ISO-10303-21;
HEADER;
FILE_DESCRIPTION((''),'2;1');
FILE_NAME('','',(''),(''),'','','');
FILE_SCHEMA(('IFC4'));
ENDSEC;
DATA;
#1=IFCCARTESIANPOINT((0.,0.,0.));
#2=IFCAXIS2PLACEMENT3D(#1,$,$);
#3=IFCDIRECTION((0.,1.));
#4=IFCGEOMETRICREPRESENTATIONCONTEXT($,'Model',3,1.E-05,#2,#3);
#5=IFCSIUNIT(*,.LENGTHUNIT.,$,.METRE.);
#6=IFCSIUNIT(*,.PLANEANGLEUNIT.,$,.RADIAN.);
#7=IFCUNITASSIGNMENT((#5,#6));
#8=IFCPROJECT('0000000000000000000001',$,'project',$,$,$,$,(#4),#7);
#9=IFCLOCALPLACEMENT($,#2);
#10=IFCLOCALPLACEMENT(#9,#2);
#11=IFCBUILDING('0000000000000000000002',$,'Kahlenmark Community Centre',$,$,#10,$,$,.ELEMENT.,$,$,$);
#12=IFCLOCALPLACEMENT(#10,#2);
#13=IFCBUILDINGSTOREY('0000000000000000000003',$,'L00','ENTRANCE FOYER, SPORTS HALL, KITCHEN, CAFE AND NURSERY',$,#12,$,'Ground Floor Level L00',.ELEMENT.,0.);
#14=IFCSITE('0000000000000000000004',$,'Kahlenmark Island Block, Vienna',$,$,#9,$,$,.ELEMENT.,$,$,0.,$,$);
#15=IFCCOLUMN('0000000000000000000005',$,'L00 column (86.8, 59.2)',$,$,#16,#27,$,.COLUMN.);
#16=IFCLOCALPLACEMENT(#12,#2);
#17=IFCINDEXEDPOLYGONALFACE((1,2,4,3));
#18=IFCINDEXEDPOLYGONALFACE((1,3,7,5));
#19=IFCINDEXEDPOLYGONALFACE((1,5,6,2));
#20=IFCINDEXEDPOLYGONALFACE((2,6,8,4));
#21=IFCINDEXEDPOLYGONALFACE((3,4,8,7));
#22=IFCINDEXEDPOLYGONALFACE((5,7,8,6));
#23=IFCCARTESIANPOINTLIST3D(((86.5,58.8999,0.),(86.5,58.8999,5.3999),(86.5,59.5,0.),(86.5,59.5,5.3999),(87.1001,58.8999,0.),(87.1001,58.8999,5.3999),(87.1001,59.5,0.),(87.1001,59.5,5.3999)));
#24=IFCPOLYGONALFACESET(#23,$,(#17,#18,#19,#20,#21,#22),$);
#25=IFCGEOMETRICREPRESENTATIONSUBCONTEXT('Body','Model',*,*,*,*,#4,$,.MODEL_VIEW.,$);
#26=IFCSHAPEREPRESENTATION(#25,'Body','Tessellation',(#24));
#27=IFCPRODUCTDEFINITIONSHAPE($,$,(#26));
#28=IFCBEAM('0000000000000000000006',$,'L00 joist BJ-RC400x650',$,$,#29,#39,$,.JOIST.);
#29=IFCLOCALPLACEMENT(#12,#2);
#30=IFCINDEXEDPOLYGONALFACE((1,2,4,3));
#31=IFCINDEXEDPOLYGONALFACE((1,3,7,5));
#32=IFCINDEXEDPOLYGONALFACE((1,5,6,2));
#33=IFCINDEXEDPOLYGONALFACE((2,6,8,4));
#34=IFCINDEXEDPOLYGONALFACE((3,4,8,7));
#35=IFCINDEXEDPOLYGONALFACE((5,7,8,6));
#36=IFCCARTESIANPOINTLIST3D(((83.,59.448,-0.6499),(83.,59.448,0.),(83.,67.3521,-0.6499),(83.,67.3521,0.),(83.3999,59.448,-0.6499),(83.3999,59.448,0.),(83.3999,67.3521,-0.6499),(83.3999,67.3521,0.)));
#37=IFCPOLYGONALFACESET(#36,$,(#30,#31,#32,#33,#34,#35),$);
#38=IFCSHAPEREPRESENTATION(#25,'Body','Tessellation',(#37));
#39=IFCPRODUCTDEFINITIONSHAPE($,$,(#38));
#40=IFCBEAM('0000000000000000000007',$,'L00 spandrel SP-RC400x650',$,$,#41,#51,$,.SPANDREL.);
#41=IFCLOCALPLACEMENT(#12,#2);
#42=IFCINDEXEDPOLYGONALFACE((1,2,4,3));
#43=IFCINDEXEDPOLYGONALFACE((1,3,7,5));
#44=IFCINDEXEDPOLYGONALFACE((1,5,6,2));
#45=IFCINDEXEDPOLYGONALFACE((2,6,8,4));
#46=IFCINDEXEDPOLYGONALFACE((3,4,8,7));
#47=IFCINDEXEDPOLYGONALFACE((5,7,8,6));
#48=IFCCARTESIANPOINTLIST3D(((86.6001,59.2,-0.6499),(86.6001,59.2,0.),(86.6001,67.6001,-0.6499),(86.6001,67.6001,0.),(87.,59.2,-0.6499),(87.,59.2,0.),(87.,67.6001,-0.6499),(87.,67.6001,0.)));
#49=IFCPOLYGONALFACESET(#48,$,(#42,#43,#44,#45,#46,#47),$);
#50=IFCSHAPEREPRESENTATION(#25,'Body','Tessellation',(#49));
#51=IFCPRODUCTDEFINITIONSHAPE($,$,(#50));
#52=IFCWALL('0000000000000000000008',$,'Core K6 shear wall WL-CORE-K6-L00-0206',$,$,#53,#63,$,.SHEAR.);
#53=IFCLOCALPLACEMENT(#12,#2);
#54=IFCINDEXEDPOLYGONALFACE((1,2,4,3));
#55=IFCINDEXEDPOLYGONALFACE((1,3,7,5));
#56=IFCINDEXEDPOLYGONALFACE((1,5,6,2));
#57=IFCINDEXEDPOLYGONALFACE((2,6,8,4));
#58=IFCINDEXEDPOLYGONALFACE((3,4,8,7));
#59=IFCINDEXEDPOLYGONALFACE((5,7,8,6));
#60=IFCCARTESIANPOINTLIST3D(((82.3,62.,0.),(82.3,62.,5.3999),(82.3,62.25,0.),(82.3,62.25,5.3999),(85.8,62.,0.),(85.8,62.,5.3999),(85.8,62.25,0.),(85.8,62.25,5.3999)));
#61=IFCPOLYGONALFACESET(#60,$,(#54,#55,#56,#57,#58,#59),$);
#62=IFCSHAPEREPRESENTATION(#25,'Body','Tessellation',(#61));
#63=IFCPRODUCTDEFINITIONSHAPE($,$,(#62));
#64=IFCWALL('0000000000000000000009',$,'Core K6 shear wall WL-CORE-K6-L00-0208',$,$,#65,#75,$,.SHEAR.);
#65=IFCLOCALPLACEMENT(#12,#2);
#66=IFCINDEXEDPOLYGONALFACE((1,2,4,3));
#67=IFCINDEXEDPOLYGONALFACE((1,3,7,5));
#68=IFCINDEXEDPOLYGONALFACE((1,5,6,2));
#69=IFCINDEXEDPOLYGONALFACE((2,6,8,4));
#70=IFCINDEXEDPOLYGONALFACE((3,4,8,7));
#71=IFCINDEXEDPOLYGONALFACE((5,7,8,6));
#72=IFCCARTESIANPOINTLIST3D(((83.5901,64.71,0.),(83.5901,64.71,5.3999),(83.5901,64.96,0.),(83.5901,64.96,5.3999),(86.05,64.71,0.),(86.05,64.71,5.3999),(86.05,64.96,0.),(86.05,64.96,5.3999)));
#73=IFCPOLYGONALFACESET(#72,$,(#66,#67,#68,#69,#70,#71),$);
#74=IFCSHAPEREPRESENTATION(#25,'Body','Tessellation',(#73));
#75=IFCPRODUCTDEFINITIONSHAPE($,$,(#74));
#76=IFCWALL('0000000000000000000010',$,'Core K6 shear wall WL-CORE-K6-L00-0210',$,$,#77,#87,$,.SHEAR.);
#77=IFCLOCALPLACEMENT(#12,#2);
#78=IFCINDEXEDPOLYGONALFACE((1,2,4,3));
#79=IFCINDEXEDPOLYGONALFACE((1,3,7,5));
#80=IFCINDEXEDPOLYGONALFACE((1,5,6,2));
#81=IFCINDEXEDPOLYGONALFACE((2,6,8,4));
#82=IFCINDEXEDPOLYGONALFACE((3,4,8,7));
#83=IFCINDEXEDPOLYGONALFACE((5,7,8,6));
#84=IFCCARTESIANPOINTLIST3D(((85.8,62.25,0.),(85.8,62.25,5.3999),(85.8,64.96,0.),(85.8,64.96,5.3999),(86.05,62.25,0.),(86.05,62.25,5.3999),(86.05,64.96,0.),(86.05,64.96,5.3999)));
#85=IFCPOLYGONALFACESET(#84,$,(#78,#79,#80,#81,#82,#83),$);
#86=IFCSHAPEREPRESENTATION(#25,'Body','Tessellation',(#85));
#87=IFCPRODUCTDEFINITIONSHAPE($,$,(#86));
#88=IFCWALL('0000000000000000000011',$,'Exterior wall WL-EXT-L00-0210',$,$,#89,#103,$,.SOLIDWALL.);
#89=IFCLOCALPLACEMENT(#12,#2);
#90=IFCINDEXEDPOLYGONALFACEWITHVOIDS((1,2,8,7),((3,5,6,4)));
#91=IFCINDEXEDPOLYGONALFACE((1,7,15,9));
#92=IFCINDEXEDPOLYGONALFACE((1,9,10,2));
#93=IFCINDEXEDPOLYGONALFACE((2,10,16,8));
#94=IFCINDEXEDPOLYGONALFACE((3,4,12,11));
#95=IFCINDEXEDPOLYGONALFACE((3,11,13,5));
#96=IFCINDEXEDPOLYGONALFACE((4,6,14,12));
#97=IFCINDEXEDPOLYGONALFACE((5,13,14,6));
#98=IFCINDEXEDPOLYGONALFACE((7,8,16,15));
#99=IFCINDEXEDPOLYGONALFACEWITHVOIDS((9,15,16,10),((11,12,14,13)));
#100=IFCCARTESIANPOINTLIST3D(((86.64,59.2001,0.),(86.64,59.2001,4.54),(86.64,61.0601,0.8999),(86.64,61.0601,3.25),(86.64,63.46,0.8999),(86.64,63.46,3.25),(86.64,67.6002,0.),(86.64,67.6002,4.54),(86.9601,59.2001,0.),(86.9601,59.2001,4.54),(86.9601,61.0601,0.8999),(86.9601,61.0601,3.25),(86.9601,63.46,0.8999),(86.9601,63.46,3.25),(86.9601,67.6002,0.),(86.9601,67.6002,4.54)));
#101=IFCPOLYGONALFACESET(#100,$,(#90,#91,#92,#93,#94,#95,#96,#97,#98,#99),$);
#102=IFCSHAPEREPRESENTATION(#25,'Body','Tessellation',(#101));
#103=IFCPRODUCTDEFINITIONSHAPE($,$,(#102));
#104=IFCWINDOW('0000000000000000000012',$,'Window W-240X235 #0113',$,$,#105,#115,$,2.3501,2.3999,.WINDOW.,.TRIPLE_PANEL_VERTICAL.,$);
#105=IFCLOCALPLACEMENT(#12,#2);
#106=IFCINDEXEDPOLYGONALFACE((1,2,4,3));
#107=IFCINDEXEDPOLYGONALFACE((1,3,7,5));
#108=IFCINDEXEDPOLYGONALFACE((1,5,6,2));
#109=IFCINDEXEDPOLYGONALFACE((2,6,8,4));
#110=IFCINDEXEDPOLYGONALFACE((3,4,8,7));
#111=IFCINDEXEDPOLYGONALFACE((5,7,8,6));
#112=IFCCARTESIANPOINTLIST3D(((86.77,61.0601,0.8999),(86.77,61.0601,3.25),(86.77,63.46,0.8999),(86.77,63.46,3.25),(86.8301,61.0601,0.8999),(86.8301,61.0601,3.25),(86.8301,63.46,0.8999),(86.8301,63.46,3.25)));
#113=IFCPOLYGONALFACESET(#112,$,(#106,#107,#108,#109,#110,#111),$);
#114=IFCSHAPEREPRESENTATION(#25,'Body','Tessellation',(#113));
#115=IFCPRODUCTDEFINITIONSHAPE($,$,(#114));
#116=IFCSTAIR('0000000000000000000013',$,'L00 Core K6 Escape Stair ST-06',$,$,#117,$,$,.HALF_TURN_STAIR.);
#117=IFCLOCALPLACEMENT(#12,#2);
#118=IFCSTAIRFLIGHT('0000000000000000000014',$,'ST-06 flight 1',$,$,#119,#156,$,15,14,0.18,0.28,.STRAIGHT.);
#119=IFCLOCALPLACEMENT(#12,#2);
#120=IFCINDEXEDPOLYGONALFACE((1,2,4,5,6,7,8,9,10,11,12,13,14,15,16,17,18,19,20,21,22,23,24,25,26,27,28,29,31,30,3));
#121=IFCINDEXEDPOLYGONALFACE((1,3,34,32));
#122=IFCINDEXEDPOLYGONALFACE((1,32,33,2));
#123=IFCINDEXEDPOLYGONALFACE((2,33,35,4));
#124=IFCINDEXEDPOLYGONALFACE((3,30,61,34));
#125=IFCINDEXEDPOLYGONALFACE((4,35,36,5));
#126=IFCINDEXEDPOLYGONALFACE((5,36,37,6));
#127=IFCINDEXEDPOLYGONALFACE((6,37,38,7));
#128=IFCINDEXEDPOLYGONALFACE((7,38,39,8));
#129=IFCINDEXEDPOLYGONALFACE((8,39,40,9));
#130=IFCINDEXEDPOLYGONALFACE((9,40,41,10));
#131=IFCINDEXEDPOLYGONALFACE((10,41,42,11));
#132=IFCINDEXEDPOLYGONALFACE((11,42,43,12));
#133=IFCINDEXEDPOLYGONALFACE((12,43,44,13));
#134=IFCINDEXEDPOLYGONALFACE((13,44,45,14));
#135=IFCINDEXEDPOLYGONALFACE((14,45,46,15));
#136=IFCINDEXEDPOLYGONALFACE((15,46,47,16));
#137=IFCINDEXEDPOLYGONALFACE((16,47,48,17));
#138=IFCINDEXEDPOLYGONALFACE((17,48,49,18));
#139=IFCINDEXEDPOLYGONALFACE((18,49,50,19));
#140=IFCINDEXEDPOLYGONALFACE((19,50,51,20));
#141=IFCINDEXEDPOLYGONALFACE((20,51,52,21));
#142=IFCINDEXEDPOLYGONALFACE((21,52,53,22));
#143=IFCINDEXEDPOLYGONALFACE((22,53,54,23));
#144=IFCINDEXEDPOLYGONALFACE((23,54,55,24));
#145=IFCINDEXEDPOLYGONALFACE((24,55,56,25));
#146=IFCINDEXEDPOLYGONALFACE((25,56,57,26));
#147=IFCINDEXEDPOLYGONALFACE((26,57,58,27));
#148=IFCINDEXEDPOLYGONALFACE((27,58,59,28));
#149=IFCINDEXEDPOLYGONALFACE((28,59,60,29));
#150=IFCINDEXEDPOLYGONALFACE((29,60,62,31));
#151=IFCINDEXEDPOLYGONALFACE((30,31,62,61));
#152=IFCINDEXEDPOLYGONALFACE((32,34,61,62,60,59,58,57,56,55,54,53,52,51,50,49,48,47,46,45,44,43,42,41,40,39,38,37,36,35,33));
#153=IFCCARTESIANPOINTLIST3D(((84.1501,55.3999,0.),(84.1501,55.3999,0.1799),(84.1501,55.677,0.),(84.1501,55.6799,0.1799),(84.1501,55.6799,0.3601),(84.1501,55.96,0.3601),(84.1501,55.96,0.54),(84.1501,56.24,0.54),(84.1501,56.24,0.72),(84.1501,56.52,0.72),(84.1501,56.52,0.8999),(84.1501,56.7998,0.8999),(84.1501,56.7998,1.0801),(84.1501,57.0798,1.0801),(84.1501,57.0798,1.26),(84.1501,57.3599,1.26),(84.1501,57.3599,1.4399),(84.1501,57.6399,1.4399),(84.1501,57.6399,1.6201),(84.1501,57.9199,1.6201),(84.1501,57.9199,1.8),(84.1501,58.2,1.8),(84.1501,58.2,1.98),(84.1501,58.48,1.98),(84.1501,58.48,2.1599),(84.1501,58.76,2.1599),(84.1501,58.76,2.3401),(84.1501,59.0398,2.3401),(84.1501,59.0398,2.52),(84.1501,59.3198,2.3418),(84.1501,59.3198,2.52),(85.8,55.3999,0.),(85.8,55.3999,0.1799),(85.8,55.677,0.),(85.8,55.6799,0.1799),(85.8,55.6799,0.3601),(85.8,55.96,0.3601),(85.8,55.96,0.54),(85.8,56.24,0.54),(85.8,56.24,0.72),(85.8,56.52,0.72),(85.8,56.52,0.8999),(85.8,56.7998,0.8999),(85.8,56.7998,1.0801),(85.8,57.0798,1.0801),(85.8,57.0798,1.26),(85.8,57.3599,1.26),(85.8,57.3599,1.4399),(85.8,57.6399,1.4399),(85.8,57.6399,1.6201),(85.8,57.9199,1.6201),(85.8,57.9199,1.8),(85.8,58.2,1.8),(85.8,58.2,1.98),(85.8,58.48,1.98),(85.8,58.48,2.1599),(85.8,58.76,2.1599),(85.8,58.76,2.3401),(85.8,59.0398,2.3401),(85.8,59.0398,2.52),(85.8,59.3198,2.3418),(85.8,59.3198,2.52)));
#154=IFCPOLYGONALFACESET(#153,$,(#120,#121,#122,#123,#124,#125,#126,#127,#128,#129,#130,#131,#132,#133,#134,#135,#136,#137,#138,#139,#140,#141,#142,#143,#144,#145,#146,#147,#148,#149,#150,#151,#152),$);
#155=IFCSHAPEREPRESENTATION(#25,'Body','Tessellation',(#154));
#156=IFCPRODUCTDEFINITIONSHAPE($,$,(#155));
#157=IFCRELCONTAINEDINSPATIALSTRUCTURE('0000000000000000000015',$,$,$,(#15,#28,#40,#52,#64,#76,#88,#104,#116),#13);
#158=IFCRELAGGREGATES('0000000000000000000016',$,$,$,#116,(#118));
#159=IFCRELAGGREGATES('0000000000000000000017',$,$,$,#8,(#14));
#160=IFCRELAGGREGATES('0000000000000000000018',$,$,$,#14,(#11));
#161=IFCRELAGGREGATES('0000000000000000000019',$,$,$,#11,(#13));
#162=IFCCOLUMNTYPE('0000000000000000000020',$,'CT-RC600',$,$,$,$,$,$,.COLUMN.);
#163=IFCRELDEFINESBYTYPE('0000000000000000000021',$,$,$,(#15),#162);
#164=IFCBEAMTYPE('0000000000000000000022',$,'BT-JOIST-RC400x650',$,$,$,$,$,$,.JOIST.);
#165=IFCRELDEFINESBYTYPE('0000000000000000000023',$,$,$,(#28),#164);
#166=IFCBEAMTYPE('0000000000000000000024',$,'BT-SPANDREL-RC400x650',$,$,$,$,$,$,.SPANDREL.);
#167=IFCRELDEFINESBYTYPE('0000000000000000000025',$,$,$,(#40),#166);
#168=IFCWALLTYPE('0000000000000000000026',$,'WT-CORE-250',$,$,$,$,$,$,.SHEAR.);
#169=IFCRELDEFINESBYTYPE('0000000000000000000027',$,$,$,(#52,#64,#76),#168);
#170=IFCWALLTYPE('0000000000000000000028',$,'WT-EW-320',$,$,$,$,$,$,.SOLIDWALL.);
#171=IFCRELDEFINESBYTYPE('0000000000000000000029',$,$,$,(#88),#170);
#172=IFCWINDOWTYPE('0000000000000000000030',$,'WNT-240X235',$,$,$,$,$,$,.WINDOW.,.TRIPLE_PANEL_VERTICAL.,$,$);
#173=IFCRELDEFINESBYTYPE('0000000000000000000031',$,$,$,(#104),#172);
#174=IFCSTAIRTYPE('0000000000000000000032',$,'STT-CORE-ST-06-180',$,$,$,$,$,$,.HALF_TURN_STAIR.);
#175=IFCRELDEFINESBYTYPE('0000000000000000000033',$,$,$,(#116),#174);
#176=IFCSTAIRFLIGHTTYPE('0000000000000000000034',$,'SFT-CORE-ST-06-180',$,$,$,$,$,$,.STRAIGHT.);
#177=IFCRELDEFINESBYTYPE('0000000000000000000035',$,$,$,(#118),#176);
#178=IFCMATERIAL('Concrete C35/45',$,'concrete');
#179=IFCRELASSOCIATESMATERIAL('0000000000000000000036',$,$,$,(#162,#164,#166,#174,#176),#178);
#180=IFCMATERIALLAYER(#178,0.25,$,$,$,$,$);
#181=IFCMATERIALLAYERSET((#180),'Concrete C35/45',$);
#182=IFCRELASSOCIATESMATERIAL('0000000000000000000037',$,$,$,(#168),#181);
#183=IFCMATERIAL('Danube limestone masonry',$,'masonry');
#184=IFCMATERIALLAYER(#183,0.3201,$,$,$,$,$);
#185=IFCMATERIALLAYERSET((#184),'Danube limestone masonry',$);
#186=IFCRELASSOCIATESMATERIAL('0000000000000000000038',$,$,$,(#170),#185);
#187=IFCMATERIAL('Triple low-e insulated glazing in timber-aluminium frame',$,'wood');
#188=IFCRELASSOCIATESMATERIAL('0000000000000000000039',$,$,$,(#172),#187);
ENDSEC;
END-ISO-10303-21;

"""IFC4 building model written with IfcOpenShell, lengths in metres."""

from ifc_helpers import new_model, si_unit, direction, frame, frame_2d, origin, origin_2d, place, context, subcontext, project, spatial, polyline, rectangle, outline, extrude, material, layer, layer_set, material_profile, profile_set, type_object, element, fill, aggregate, save


model = new_model("IFC4")

# Units and contexts
model_context = context("Model", 3, precision=1e-05, world=origin(), true_north=direction((0.0, 1.0)))
body_context = subcontext(model_context, "Body", "Model", "MODEL_VIEW")
ifc_project = project(units=[si_unit("LENGTHUNIT", "METRE"), si_unit("PLANEANGLEUNIT", "RADIAN")], contexts=[model_context])

# Site, building, storey
site_placement = place(None, origin())
site = spatial("IfcSite", under=ifc_project, at=site_placement, Name="Kahlenmark Island Block, Vienna", CompositionType="ELEMENT", RefElevation=0.0)
building_placement = place(site_placement, origin())
building = spatial("IfcBuilding", under=site, at=building_placement, Name="Kahlenmark Community Centre", CompositionType="ELEMENT")
storey_placement = place(building_placement, origin())
storey = spatial("IfcBuildingStorey", under=building, at=storey_placement, Name="L00", Description="ENTRANCE FOYER, SPORTS HALL, KITCHEN, CAFE AND NURSERY", LongName="Ground Floor Level L00", CompositionType="ELEMENT", Elevation=0.0)

# Column
ifc_material_1 = material(Name="Concrete C35/45", Category="concrete")
ifc_material_profile_1 = material_profile(ifc_material_1, rectangle(XDim=0.6001, YDim=0.6001, at=origin_2d()), Name="RC 600x600")
ifc_profile_set_1 = profile_set([ifc_material_profile_1], Name="Concrete C35/45")
column_type = type_object("IfcColumnType", Name="CT-RC600", PredefinedType="COLUMN", material=ifc_profile_set_1)
column_placement = place(storey_placement, frame((86.8, 59.2, 0.0), z_axis=(0.0, 0.0, 1.0), x_axis=(1.0, 0.0, 0.0)))
element("IfcColumn", 1, at=column_placement, inside=storey, type_object=column_type, Name="L00 column (86.8, 59.2)", PredefinedType="COLUMN", context=body_context, shape_type="SweptSolid", body=[
    extrude(rectangle(XDim=0.6001, YDim=0.6001, at=origin_2d()), origin(), (0.0, 0.0, 1.0), 5.3999),
])

# Beams
ifc_material_profile_2 = material_profile(ifc_material_1, rectangle(XDim=0.3999, YDim=0.6499, at=origin_2d()), Name="RC 400x650")
ifc_profile_set_2 = profile_set([ifc_material_profile_2], Name="Concrete C35/45")
beam_type_1 = type_object("IfcBeamType", Name="BT-JOIST-RC400x650", PredefinedType="JOIST", material=ifc_profile_set_2)
beam_1_placement = place(storey_placement, frame((83.2, 59.448, -0.325), z_axis=(0.0, 1.0, 0.0), x_axis=(-1.0, 0.0, 0.0)))
element("IfcBeam", 2, at=beam_1_placement, inside=storey, type_object=beam_type_1, Name="L00 joist BJ-RC400x650", PredefinedType="JOIST", context=body_context, shape_type="SweptSolid", body=[
    extrude(rectangle(XDim=0.3999, YDim=0.6499, at=origin_2d()), origin(), (0.0, 0.0, 1.0), 7.9041),
])
ifc_material_profile_3 = material_profile(ifc_material_1, rectangle(XDim=0.3999, YDim=0.6499, at=origin_2d()), Name="RC 400x650")
ifc_profile_set_3 = profile_set([ifc_material_profile_3], Name="Concrete C35/45")
beam_type_2 = type_object("IfcBeamType", Name="BT-SPANDREL-RC400x650", PredefinedType="SPANDREL", material=ifc_profile_set_3)
beam_2_placement = place(storey_placement, frame((86.8, 59.2, -0.325), z_axis=(0.0, 1.0, 0.0), x_axis=(-1.0, 0.0, 0.0)))
element("IfcBeam", 3, at=beam_2_placement, inside=storey, type_object=beam_type_2, Name="L00 spandrel SP-RC400x650", PredefinedType="SPANDREL", context=body_context, shape_type="SweptSolid", body=[
    extrude(rectangle(XDim=0.3999, YDim=0.6499, at=origin_2d()), origin(), (0.0, 0.0, 1.0), 8.4001),
])

# Walls
ifc_layer_1 = layer(ifc_material_1, 0.25)
ifc_layer_set_1 = layer_set([ifc_layer_1], Name="Concrete C35/45")
wall_type_1 = type_object("IfcWallType", Name="WT-CORE-250", PredefinedType="SHEAR", material=ifc_layer_set_1)
wall_1_placement = place(storey_placement, frame((85.8, 62.125, 0.0), z_axis=(0.0, 0.0, 1.0), x_axis=(-1.0, 0.0, 0.0)))
element("IfcWall", 4, at=wall_1_placement, inside=storey, type_object=wall_type_1, Name="Core K6 shear wall WL-CORE-K6-L00-0206", PredefinedType="SHEAR", context=body_context, shape_type="SweptSolid", body=[
    extrude(rectangle(XDim=3.5, YDim=0.25, at=frame_2d((1.75, 0.0))), origin(), (0.0, 0.0, 1.0), 5.3999),
])
wall_2_placement = place(storey_placement, frame((83.5901, 64.835, 0.0), z_axis=(0.0, 0.0, 1.0), x_axis=(1.0, 0.0, 0.0)))
element("IfcWall", 5, at=wall_2_placement, inside=storey, type_object=wall_type_1, Name="Core K6 shear wall WL-CORE-K6-L00-0208", PredefinedType="SHEAR", context=body_context, shape_type="SweptSolid", body=[
    extrude(rectangle(XDim=2.46, YDim=0.25, at=frame_2d((1.23, 0.0))), origin(), (0.0, 0.0, 1.0), 5.3999),
])

# Wall
wall_3_placement = place(storey_placement, frame((85.925, 62.25, 0.0), z_axis=(0.0, 0.0, 1.0), x_axis=(0.0, 1.0, 0.0)))
element("IfcWall", 6, at=wall_3_placement, inside=storey, type_object=wall_type_1, Name="Core K6 shear wall WL-CORE-K6-L00-0210", PredefinedType="SHEAR", context=body_context, shape_type="SweptSolid", body=[
    extrude(rectangle(XDim=2.71, YDim=0.25, at=frame_2d((1.355, 0.0))), origin(), (0.0, 0.0, 1.0), 5.3999),
])

# Wall, opening, window
ifc_material_2 = material(Name="Danube limestone masonry", Category="masonry")
ifc_layer_2 = layer(ifc_material_2, 0.3201)
ifc_layer_set_2 = layer_set([ifc_layer_2], Name="Danube limestone masonry")
wall_type_2 = type_object("IfcWallType", Name="WT-EW-320", PredefinedType="SOLIDWALL", material=ifc_layer_set_2)
wall_4_placement = place(storey_placement, frame((86.8, 59.2, 0.0), z_axis=(0.0, 0.0, 1.0), x_axis=(0.0, 1.0, 0.0)))
wall_4 = element("IfcWall", 7, at=wall_4_placement, inside=storey, type_object=wall_type_2, Name="Exterior wall WL-EXT-L00-0210", PredefinedType="SOLIDWALL", context=body_context, shape_type="SweptSolid", body=[
    extrude(rectangle(XDim=8.4001, YDim=0.3201, at=frame_2d((4.2002, 0.0))), origin(), (0.0, 0.0, 1.0), 4.54),
])
opening_1_placement = place(wall_4_placement, frame((1.8601, 0.0, 0.8999)))
opening_1 = element("IfcOpeningElement", 8, at=opening_1_placement, cuts=wall_4, PredefinedType="OPENING", context=body_context, shape_type="SweptSolid", body=[
    extrude(rectangle(XDim=2.3999, YDim=2.3501, at=frame_2d((1.2, 1.175))), frame((0.0, 0.1699, 0.0), z_axis=(0.0, -1.0, 0.0), x_axis=(1.0, 0.0, 0.0)), (0.0, 0.0, 1.0), 0.3401),
])
ifc_material_3 = material(Name="Triple low-e insulated glazing in timber-aluminium frame", Category="wood")
window_type = type_object("IfcWindowType", Name="WNT-240X235", PartitioningType="TRIPLE_PANEL_VERTICAL", PredefinedType="WINDOW", material=ifc_material_3)
window_placement = place(opening_1_placement, origin())
window = element("IfcWindow", 9, at=window_placement, inside=storey, type_object=window_type, Name="Window W-240X235 #0113", OverallHeight=2.3501, OverallWidth=2.3999, PartitioningType="TRIPLE_PANEL_VERTICAL", PredefinedType="WINDOW", context=body_context, shape_type="SweptSolid", body=[
    extrude(rectangle(XDim=2.3999, YDim=2.3501, at=frame_2d((1.2, 1.175))), frame((0.0, 0.03, 0.0), z_axis=(0.0, -1.0, 0.0), x_axis=(1.0, 0.0, 0.0)), (0.0, 0.0, 1.0), 0.0601),
])
fill(opening_1, window)

# Stair, stair flight
stair_type = type_object("IfcStairType", Name="STT-CORE-ST-06-180", PredefinedType="HALF_TURN_STAIR", material=ifc_material_1)
stair_placement = place(storey_placement, origin())
stair = element("IfcStair", 10, at=stair_placement, inside=storey, type_object=stair_type, Name="L00 Core K6 Escape Stair ST-06", PredefinedType="HALF_TURN_STAIR")
stair_flight_type = type_object("IfcStairFlightType", Name="SFT-CORE-ST-06-180", PredefinedType="STRAIGHT", material=ifc_material_1)
stair_flight_1_placement = place(storey_placement, frame((84.9751, 55.3999, 0.0), z_axis=(0.0, 0.0, 1.0), x_axis=(0.0, 1.0, 0.0)))
stair_flight_1 = element("IfcStairFlight", 11, at=stair_flight_1_placement, type_object=stair_flight_type, Name="ST-06 flight 1", NumberOfRisers=15, NumberOfTreads=14, PredefinedType="STRAIGHT", RiserHeight=0.18, TreadLength=0.28, context=body_context, shape_type="SweptSolid", body=[
    extrude(outline(polyline([(0.0, 0.0), (0.0, 0.1799), (0.28, 0.1799), (0.28, 0.3601), (0.5601, 0.3601), (0.5601, 0.54), (0.8401, 0.54), (0.8401, 0.72), (1.1201, 0.72), (1.1201, 0.8999), (1.3999, 0.8999), (1.3999, 1.0801), (1.6799, 1.0801), (1.6799, 1.26), (1.96, 1.26), (1.96, 1.4399), (2.24, 1.4399), (2.24, 1.6201), (2.52, 1.6201), (2.52, 1.8), (2.8, 1.8), (2.8, 1.98), (3.0801, 1.98), (3.0801, 2.1599), (3.3601, 2.1599), (3.3601, 2.3401), (3.6399, 2.3401), (3.6399, 2.52), (3.9199, 2.52), (3.9199, 2.7), (3.9199, 2.3418), (0.2771, 0.0), (0.0, 0.0)])), frame((0.0, 0.825, 0.0), z_axis=(0.0, -1.0, 0.0), x_axis=(1.0, 0.0, 0.0)), (0.0, 0.0, 1.0), 1.6499),
])
aggregate(stair, [stair_flight_1])

save(model, "model.ifc")
